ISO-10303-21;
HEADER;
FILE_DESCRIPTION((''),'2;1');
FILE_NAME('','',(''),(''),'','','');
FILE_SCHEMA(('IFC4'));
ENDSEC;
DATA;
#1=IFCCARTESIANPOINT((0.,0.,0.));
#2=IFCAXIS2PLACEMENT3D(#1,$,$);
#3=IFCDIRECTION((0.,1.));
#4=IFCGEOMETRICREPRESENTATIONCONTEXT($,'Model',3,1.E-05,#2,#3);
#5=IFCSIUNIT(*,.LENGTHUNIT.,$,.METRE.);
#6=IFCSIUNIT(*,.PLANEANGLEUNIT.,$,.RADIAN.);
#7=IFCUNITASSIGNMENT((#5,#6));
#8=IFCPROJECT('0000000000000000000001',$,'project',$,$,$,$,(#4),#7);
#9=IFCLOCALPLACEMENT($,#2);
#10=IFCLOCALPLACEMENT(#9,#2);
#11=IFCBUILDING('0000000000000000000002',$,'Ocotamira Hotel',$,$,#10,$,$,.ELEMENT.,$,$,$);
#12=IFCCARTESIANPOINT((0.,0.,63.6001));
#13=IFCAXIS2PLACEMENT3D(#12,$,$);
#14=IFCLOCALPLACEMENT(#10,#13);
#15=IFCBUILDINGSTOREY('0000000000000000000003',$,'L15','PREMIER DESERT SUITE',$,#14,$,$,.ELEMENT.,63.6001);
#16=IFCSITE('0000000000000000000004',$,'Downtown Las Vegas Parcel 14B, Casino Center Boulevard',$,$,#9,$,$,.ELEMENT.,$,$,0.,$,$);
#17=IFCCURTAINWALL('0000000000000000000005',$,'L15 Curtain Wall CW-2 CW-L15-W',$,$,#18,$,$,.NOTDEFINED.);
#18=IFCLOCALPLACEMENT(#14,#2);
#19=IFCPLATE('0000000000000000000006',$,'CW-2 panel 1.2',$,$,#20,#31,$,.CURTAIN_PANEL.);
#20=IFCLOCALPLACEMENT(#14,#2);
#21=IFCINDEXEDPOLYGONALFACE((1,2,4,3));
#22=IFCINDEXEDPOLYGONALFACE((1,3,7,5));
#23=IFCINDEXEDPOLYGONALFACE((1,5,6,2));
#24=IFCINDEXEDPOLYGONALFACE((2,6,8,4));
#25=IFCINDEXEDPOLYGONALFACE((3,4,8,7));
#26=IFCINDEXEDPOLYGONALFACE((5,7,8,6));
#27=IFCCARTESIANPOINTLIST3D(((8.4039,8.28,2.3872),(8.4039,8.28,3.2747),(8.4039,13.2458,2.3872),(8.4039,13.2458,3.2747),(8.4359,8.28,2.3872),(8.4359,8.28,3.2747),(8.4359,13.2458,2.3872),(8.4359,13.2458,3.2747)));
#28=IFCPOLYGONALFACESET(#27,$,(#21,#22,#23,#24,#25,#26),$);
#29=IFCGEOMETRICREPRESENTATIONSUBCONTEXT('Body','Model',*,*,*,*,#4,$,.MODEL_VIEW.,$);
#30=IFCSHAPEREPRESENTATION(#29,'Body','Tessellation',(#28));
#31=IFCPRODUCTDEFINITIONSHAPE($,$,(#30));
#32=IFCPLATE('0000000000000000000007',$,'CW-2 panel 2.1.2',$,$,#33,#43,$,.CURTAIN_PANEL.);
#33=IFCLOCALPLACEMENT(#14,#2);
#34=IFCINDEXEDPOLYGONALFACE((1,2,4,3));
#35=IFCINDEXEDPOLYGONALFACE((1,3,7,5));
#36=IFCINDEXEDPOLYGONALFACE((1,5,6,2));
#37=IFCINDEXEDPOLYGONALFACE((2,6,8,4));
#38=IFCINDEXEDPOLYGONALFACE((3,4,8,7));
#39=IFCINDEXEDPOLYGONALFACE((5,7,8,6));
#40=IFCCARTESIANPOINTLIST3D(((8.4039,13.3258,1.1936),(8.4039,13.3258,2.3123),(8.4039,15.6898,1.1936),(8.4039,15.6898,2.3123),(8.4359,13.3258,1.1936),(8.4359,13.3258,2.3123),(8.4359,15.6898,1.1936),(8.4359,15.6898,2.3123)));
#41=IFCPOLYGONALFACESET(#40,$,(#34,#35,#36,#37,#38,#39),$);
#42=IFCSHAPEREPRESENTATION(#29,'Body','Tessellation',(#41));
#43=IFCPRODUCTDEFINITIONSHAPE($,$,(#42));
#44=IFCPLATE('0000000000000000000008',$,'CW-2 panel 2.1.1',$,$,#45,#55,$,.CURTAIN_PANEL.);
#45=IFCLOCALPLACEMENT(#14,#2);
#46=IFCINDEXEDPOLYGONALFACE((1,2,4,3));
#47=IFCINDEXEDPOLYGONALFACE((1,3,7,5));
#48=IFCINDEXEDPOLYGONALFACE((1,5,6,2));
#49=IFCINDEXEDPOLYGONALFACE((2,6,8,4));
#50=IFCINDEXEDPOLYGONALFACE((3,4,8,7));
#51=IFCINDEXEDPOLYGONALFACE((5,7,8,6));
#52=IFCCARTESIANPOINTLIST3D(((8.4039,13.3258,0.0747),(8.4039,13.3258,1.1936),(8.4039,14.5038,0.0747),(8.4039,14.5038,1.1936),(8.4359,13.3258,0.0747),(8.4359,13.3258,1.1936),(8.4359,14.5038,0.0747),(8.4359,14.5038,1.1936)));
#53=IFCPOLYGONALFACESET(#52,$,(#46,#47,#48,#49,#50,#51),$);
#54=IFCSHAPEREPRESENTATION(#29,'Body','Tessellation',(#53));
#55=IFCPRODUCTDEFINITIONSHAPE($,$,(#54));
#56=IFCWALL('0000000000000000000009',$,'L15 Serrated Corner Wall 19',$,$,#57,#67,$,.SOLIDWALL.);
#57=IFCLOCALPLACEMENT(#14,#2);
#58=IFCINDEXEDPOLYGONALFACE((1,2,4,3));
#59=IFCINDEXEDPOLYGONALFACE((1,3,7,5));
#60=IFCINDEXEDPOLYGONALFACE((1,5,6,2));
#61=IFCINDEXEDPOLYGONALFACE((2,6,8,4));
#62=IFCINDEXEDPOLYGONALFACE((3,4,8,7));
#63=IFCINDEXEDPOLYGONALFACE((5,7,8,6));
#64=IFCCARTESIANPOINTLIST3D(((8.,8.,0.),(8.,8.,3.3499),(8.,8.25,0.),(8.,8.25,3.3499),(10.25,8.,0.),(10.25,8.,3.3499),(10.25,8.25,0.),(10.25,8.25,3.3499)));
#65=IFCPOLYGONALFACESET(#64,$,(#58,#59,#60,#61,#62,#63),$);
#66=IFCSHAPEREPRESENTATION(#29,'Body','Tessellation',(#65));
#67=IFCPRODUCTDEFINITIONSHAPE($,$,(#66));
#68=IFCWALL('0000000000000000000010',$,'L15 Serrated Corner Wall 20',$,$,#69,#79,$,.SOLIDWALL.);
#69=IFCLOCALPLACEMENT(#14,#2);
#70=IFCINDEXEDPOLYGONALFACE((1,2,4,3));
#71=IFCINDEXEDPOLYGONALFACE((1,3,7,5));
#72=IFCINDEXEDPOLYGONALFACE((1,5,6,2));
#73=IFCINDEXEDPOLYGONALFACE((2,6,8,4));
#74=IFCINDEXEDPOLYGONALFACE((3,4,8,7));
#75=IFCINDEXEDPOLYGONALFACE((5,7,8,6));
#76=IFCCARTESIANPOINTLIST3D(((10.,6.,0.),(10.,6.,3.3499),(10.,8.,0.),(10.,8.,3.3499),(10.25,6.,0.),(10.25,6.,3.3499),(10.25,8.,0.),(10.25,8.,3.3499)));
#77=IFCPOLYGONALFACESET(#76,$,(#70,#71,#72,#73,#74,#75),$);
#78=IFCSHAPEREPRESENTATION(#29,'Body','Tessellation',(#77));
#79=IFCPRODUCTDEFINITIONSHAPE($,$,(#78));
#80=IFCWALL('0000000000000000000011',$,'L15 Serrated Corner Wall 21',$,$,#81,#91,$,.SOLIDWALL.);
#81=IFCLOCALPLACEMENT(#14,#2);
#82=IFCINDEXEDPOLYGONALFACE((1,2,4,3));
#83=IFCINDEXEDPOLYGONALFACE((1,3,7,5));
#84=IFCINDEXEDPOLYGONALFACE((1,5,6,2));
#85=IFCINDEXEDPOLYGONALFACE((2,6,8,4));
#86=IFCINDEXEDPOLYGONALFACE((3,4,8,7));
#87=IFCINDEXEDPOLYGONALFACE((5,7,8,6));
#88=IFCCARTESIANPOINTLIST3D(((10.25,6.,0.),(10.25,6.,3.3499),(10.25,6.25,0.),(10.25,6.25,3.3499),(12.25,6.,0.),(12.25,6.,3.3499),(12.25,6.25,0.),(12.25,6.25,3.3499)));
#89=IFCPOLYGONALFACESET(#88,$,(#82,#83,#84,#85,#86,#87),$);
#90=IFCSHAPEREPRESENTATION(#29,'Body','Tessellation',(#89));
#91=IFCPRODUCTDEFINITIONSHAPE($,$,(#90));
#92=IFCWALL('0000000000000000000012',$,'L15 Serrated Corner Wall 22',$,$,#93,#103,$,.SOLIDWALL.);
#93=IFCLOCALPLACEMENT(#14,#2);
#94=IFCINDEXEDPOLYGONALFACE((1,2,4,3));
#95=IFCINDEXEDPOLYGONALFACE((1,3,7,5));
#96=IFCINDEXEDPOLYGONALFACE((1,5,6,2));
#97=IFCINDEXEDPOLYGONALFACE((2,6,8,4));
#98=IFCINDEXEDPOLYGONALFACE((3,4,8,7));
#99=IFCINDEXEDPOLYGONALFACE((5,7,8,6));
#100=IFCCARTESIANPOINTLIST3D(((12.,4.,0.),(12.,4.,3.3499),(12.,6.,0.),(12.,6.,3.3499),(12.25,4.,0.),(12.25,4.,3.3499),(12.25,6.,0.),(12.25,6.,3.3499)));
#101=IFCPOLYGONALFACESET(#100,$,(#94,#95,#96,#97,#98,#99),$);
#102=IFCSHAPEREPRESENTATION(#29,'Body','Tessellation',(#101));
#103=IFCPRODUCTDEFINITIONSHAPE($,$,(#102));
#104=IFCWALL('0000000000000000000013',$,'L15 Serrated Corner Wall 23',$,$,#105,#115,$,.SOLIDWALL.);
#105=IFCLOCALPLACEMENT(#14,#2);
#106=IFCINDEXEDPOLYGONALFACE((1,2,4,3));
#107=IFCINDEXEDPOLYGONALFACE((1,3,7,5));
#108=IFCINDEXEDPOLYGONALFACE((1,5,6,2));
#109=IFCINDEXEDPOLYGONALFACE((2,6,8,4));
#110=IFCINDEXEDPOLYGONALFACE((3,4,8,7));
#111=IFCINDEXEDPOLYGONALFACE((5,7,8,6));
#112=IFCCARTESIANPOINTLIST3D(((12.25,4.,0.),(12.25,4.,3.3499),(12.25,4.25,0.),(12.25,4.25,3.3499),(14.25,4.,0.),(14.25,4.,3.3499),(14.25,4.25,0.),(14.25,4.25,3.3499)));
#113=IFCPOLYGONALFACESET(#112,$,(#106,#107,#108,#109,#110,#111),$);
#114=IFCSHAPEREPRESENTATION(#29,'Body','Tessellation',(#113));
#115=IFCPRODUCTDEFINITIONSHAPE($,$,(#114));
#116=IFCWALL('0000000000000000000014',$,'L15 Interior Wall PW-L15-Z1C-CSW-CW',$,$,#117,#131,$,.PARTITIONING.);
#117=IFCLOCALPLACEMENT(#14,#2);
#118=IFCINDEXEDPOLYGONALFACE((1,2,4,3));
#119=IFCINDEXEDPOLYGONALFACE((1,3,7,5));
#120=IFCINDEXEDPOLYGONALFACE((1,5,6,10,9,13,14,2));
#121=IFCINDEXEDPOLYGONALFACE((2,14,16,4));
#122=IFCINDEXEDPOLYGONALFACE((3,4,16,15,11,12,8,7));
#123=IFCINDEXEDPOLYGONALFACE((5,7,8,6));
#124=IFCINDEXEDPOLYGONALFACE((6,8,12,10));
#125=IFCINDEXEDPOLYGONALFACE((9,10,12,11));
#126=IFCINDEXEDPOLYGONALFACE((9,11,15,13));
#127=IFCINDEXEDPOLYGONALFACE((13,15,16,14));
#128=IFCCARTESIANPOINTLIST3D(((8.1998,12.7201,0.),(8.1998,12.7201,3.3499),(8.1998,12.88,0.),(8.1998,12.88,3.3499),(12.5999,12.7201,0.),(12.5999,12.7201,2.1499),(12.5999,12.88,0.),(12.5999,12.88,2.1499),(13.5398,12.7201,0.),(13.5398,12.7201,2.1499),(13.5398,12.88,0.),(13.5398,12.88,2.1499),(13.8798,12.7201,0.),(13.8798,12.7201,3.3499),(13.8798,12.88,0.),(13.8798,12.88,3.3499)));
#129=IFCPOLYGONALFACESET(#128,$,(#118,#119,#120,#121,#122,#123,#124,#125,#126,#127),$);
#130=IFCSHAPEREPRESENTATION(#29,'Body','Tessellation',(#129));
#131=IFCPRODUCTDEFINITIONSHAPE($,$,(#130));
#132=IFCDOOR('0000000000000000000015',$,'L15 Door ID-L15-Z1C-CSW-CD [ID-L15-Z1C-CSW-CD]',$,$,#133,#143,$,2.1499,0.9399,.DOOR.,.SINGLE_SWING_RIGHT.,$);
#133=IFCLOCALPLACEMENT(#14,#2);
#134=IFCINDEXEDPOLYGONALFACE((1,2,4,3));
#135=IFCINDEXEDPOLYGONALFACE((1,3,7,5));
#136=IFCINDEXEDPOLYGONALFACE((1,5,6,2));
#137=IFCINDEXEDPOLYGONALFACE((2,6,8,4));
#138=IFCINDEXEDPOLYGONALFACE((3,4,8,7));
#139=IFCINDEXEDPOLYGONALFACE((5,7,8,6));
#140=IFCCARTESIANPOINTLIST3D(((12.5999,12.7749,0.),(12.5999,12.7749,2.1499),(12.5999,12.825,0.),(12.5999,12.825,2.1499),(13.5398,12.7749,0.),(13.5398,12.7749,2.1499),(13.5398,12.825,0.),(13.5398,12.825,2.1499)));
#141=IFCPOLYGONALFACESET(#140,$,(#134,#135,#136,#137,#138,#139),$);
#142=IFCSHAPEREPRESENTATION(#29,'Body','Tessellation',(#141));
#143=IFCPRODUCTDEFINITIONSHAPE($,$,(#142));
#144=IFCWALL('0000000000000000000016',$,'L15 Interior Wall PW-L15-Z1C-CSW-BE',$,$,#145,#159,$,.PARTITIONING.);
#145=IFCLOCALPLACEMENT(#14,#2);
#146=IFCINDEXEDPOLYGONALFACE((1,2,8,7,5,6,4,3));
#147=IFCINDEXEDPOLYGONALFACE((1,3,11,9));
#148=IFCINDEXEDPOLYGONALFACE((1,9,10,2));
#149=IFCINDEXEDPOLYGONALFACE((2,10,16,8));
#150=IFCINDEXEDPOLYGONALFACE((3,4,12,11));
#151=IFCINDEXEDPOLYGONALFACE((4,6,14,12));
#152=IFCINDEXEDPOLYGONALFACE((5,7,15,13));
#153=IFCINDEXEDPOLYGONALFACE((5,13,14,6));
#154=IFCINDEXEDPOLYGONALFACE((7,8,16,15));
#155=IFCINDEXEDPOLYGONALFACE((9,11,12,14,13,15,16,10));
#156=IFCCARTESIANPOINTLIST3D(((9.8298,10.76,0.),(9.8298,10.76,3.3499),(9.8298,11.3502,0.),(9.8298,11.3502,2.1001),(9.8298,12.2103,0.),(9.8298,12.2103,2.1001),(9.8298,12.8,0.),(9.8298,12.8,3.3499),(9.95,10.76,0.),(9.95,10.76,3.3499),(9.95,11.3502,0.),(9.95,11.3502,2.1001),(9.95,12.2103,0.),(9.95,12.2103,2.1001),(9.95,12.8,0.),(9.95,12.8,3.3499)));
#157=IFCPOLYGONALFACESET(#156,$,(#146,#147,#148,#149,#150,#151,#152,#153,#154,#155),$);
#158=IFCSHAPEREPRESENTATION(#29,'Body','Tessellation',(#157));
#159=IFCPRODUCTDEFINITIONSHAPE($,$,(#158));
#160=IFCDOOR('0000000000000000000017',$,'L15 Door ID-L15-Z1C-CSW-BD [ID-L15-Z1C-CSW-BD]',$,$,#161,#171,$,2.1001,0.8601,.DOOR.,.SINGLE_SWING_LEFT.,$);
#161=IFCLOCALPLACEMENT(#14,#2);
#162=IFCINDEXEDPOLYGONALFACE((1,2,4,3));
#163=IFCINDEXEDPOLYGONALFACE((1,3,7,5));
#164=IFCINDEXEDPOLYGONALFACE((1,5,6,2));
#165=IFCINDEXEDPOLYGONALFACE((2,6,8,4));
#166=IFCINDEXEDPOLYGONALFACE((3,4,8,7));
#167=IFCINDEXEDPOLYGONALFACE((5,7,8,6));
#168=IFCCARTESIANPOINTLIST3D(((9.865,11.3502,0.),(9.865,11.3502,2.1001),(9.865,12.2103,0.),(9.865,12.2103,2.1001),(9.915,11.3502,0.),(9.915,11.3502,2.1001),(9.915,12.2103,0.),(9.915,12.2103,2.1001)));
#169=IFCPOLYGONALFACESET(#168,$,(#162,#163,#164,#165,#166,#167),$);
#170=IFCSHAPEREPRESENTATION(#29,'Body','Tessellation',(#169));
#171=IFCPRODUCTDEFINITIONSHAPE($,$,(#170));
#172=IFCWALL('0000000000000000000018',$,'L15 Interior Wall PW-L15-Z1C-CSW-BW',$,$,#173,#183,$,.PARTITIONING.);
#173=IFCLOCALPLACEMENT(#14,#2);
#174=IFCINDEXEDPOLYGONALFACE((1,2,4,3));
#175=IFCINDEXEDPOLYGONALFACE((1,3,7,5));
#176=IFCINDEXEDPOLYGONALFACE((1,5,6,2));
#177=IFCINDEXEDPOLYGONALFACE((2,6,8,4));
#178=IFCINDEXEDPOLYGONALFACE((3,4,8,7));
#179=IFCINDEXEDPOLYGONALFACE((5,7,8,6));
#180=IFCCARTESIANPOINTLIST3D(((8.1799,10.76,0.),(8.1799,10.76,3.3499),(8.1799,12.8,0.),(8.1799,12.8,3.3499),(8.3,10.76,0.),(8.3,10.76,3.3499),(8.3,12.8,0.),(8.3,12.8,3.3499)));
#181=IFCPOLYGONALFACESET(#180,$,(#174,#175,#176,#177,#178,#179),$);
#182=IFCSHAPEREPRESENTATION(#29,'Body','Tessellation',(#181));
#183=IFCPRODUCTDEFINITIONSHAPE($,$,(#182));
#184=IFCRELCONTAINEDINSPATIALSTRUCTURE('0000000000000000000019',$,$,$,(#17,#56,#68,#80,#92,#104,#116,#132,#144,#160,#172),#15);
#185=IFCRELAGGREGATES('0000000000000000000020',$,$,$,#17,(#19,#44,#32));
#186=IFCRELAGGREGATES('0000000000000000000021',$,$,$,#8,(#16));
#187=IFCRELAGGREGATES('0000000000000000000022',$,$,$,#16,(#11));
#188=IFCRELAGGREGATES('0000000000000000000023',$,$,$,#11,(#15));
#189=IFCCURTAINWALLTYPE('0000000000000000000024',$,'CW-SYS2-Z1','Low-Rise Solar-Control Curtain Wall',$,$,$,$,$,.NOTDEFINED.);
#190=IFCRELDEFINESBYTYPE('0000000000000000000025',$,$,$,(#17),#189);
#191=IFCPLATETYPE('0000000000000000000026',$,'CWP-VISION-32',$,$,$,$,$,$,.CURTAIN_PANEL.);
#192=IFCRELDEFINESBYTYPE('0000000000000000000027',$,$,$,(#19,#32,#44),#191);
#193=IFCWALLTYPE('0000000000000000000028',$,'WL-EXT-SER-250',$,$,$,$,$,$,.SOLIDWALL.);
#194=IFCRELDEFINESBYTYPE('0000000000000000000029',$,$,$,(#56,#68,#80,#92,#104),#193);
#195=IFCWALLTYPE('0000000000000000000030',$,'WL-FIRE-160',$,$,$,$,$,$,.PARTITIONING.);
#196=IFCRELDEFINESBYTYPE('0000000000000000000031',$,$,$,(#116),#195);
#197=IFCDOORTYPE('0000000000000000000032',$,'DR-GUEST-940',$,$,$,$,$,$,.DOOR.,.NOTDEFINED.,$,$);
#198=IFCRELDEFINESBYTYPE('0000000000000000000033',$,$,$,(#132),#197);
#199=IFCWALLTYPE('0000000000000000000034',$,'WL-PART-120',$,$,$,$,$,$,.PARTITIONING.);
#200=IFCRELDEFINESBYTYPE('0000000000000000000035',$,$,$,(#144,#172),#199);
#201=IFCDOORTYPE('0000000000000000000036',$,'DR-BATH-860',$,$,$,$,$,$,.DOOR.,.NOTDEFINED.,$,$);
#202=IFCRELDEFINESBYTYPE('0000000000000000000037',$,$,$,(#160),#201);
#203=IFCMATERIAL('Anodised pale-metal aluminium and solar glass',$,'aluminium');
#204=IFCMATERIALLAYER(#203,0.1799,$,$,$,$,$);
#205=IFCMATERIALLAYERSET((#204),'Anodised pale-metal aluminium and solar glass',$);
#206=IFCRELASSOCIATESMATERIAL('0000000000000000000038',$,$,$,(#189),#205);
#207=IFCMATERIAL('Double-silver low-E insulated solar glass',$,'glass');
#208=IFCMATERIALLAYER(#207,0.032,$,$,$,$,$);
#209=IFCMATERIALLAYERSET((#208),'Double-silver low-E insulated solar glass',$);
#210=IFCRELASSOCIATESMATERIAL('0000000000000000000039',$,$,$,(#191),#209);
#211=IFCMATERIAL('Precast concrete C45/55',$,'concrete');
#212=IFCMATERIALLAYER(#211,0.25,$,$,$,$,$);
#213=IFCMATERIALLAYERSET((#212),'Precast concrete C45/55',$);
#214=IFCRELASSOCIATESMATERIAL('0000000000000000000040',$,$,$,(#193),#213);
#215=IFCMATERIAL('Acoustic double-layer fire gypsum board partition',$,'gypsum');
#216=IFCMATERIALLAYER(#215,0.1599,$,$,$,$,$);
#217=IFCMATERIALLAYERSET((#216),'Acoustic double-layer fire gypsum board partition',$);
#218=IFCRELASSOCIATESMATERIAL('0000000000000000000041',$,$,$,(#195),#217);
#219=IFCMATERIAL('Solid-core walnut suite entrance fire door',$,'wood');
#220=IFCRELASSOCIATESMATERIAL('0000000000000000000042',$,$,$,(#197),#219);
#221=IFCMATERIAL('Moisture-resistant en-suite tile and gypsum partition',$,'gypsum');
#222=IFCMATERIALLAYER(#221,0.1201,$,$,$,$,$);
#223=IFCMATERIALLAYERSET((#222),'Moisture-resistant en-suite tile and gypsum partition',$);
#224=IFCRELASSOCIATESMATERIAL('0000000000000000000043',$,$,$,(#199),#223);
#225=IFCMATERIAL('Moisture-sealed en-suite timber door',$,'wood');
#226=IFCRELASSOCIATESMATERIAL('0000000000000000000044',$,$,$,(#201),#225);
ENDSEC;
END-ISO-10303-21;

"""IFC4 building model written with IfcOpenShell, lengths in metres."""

from ifc_helpers import new_model, si_unit, direction, frame, frame_2d, origin, origin_2d, place, context, subcontext, project, spatial, rectangle, extrude, source, transform, mapped, material, layer, layer_set, type_object, element, fill, aggregate, save


model = new_model("IFC4")

# Units and contexts
model_context = context("Model", 3, precision=1e-05, world=origin(), true_north=direction((0.0, 1.0)))
body_context = subcontext(model_context, "Body", "Model", "MODEL_VIEW")
ifc_project = project(units=[si_unit("LENGTHUNIT", "METRE"), si_unit("PLANEANGLEUNIT", "RADIAN")], contexts=[model_context])

# Site, building, storey
site_placement = place(None, origin())
site = spatial("IfcSite", under=ifc_project, at=site_placement, Name="Downtown Las Vegas Parcel 14B, Casino Center Boulevard", CompositionType="ELEMENT", RefElevation=0.0)
building_placement = place(site_placement, origin())
building = spatial("IfcBuilding", under=site, at=building_placement, Name="Ocotamira Hotel", CompositionType="ELEMENT")
storey_placement = place(building_placement, frame((0.0, 0.0, 63.6001)))
storey = spatial("IfcBuildingStorey", under=building, at=storey_placement, Name="L15", Description="PREMIER DESERT SUITE", CompositionType="ELEMENT", Elevation=63.6001)

# Curtain wall
ifc_material_1 = material(Name="Anodised pale-metal aluminium and solar glass", Category="aluminium")
ifc_layer_1 = layer(ifc_material_1, 0.1799)
ifc_layer_set_1 = layer_set([ifc_layer_1], Name="Anodised pale-metal aluminium and solar glass")
curtain_wall_type = type_object("IfcCurtainWallType", Name="CW-SYS2-Z1", Description="Low-Rise Solar-Control Curtain Wall", PredefinedType="NOTDEFINED", material=ifc_layer_set_1)
curtain_wall_placement = place(storey_placement, origin())
curtain_wall = element("IfcCurtainWall", 1, at=curtain_wall_placement, inside=storey, type_object=curtain_wall_type, Name="L15 Curtain Wall CW-2 CW-L15-W", PredefinedType="NOTDEFINED")

# Plates
ifc_material_2 = material(Name="Double-silver low-E insulated solar glass", Category="glass")
ifc_layer_2 = layer(ifc_material_2, 0.032)
ifc_layer_set_2 = layer_set([ifc_layer_2], Name="Double-silver low-E insulated solar glass")
plate_type = type_object("IfcPlateType", Name="CWP-VISION-32", PredefinedType="CURTAIN_PANEL", material=ifc_layer_set_2)
shared_shape_1 = source(origin(), body_context, "Body", "SweptSolid", [
    extrude(rectangle(XDim=4.9658, YDim=0.032, at=origin_2d()), origin(), (0.0, 0.0, 1.0), 0.8875),
])
plate_1_placement = place(storey_placement, frame((8.4199, 10.7629, 2.3872), z_axis=(0.0, 0.0, 1.0), x_axis=(0.0, 1.0, 0.0)))
plate_1 = element("IfcPlate", 2, at=plate_1_placement, type_object=plate_type, Name="CW-2 panel 1.2", PredefinedType="CURTAIN_PANEL", context=body_context, shape_type="MappedRepresentation", body=[
    mapped(shared_shape_1, transform((0.0, 0.0, 0.0), scale=1.0)),
])
shared_shape_2 = source(origin(), body_context, "Body", "SweptSolid", [
    extrude(rectangle(XDim=2.364, YDim=0.032, at=origin_2d()), origin(), (0.0, 0.0, 1.0), 1.1187),
])
plate_2_placement = place(storey_placement, frame((8.4199, 14.5078, 1.1936), z_axis=(0.0, 0.0, 1.0), x_axis=(0.0, 1.0, 0.0)))
plate_2 = element("IfcPlate", 3, at=plate_2_placement, type_object=plate_type, Name="CW-2 panel 2.1.2", PredefinedType="CURTAIN_PANEL", context=body_context, shape_type="MappedRepresentation", body=[
    mapped(shared_shape_2, transform((0.0, 0.0, 0.0), scale=1.0)),
])
shared_shape_3 = source(origin(), body_context, "Body", "SweptSolid", [
    extrude(rectangle(XDim=1.178, YDim=0.032, at=origin_2d()), origin(), (0.0, 0.0, 1.0), 1.1189),
])
plate_3_placement = place(storey_placement, frame((8.4199, 13.9148, 0.0747), z_axis=(0.0, 0.0, 1.0), x_axis=(0.0, 1.0, 0.0)))
plate_3 = element("IfcPlate", 4, at=plate_3_placement, type_object=plate_type, Name="CW-2 panel 2.1.1", PredefinedType="CURTAIN_PANEL", context=body_context, shape_type="MappedRepresentation", body=[
    mapped(shared_shape_3, transform((0.0, 0.0, 0.0), scale=1.0)),
])
aggregate(curtain_wall, [plate_1, plate_3, plate_2])

# Walls
ifc_material_3 = material(Name="Precast concrete C45/55", Category="concrete")
ifc_layer_3 = layer(ifc_material_3, 0.25)
ifc_layer_set_3 = layer_set([ifc_layer_3], Name="Precast concrete C45/55")
wall_type_1 = type_object("IfcWallType", Name="WL-EXT-SER-250", PredefinedType="SOLIDWALL", material=ifc_layer_set_3)
wall_1_placement = place(storey_placement, frame((8.0, 8.125, 0.0), z_axis=(0.0, 0.0, 1.0), x_axis=(1.0, 0.0, 0.0)))
element("IfcWall", 5, at=wall_1_placement, inside=storey, type_object=wall_type_1, Name="L15 Serrated Corner Wall 19", PredefinedType="SOLIDWALL", context=body_context, shape_type="SweptSolid", body=[
    extrude(rectangle(XDim=2.25, YDim=0.25, at=frame_2d((1.125, 0.0))), origin(), (0.0, 0.0, 1.0), 3.3499),
])
for number, where, z_axis, x_axis, name in (
    (6, (10.125, 8.0, 0.0), (0.0, 0.0, 1.0), (0.0, -1.0, 0.0), "L15 Serrated Corner Wall 20"),
    (7, (10.25, 6.125, 0.0), (0.0, 0.0, 1.0), (1.0, 0.0, 0.0), "L15 Serrated Corner Wall 21"),
    (8, (12.125, 6.0, 0.0), (0.0, 0.0, 1.0), (0.0, -1.0, 0.0), "L15 Serrated Corner Wall 22"),
    (9, (12.25, 4.125, 0.0), (0.0, 0.0, 1.0), (1.0, 0.0, 0.0), "L15 Serrated Corner Wall 23"),
):
    element("IfcWall", number, at=place(storey_placement, frame(where, z_axis=z_axis, x_axis=x_axis)), inside=storey, type_object=wall_type_1, Name=name, PredefinedType="SOLIDWALL", context=body_context, shape_type="SweptSolid", body=[
        extrude(rectangle(XDim=2.0, YDim=0.25, at=frame_2d((1.0, 0.0))), origin(), (0.0, 0.0, 1.0), 3.3499),
    ])

# Walls, openings, doors
ifc_material_4 = material(Name="Acoustic double-layer fire gypsum board partition", Category="gypsum")
ifc_layer_4 = layer(ifc_material_4, 0.1599)
ifc_layer_set_4 = layer_set([ifc_layer_4], Name="Acoustic double-layer fire gypsum board partition")
wall_type_2 = type_object("IfcWallType", Name="WL-FIRE-160", PredefinedType="PARTITIONING", material=ifc_layer_set_4)
wall_2_placement = place(storey_placement, frame((8.2, 12.8, 0.0), z_axis=(0.0, 0.0, 1.0), x_axis=(1.0, 0.0, 0.0)))
wall_2 = element("IfcWall", 10, at=wall_2_placement, inside=storey, type_object=wall_type_2, Name="L15 Interior Wall PW-L15-Z1C-CSW-CW", PredefinedType="PARTITIONING", context=body_context, shape_type="SweptSolid", body=[
    extrude(rectangle(XDim=5.6799, YDim=0.1599, at=frame_2d((2.8398, 0.0))), origin(), (0.0, 0.0, 1.0), 3.3499),
])
opening_1_placement = place(wall_2_placement, frame((4.3999, 0.0, 0.0)))
opening_1 = element("IfcOpeningElement", 11, at=opening_1_placement, cuts=wall_2, PredefinedType="OPENING", context=body_context, shape_type="SweptSolid", body=[
    extrude(rectangle(XDim=0.9399, YDim=2.1499, at=frame_2d((0.47, 1.075))), frame((0.0, 0.0898, 0.0), z_axis=(0.0, -1.0, 0.0), x_axis=(1.0, 0.0, 0.0)), (0.0, 0.0, 1.0), 0.1799),
])
ifc_material_5 = material(Name="Solid-core walnut suite entrance fire door", Category="wood")
door_type_1 = type_object("IfcDoorType", Name="DR-GUEST-940", OperationType="NOTDEFINED", PredefinedType="DOOR", material=ifc_material_5)
shared_shape_4 = source(origin(), body_context, "Body", "SweptSolid", [
    extrude(rectangle(XDim=0.9399, YDim=2.1499, at=frame_2d((0.47, 1.075))), frame((0.0, 0.0249, 0.0), z_axis=(0.0, -1.0, 0.0), x_axis=(1.0, 0.0, 0.0)), (0.0, 0.0, 1.0), 0.05),
])
door_1_placement = place(opening_1_placement, origin())
door_1 = element("IfcDoor", 12, at=door_1_placement, inside=storey, type_object=door_type_1, Name="L15 Door ID-L15-Z1C-CSW-CD [ID-L15-Z1C-CSW-CD]", OperationType="SINGLE_SWING_RIGHT", OverallHeight=2.1499, OverallWidth=0.9399, PredefinedType="DOOR", context=body_context, shape_type="MappedRepresentation", body=[
    mapped(shared_shape_4, transform((0.0, 0.0, 0.0), scale=1.0)),
])
fill(opening_1, door_1)
ifc_material_6 = material(Name="Moisture-resistant en-suite tile and gypsum partition", Category="gypsum")
ifc_layer_5 = layer(ifc_material_6, 0.1201)
ifc_layer_set_5 = layer_set([ifc_layer_5], Name="Moisture-resistant en-suite tile and gypsum partition")
wall_type_3 = type_object("IfcWallType", Name="WL-PART-120", PredefinedType="PARTITIONING", material=ifc_layer_set_5)
wall_3_placement = place(storey_placement, frame((9.8899, 10.76, 0.0), z_axis=(0.0, 0.0, 1.0), x_axis=(0.0, 1.0, 0.0)))
wall_3 = element("IfcWall", 13, at=wall_3_placement, inside=storey, type_object=wall_type_3, Name="L15 Interior Wall PW-L15-Z1C-CSW-BE", PredefinedType="PARTITIONING", context=body_context, shape_type="SweptSolid", body=[
    extrude(rectangle(XDim=2.04, YDim=0.1201, at=frame_2d((1.02, 0.0))), origin(), (0.0, 0.0, 1.0), 3.3499),
])
opening_2_placement = place(wall_3_placement, frame((0.5901, 0.0, 0.0)))
opening_2 = element("IfcOpeningElement", 14, at=opening_2_placement, cuts=wall_3, PredefinedType="OPENING", context=body_context, shape_type="SweptSolid", body=[
    extrude(rectangle(XDim=0.8601, YDim=2.1001, at=frame_2d((0.4302, 1.05))), frame((0.0, 0.0701, 0.0), z_axis=(0.0, -1.0, 0.0), x_axis=(1.0, 0.0, 0.0)), (0.0, 0.0, 1.0), 0.1401),
])
ifc_material_7 = material(Name="Moisture-sealed en-suite timber door", Category="wood")
door_type_2 = type_object("IfcDoorType", Name="DR-BATH-860", OperationType="NOTDEFINED", PredefinedType="DOOR", material=ifc_material_7)
shared_shape_5 = source(origin(), body_context, "Body", "SweptSolid", [
    extrude(rectangle(XDim=0.8601, YDim=2.1001, at=frame_2d((0.4302, 1.05))), frame((0.0, 0.0249, 0.0), z_axis=(0.0, -1.0, 0.0), x_axis=(1.0, 0.0, 0.0)), (0.0, 0.0, 1.0), 0.05),
])
door_2_placement = place(opening_2_placement, origin())
door_2 = element("IfcDoor", 15, at=door_2_placement, inside=storey, type_object=door_type_2, Name="L15 Door ID-L15-Z1C-CSW-BD [ID-L15-Z1C-CSW-BD]", OperationType="SINGLE_SWING_LEFT", OverallHeight=2.1001, OverallWidth=0.8601, PredefinedType="DOOR", context=body_context, shape_type="MappedRepresentation", body=[
    mapped(shared_shape_5, transform((0.0, 0.0, 0.0), scale=1.0)),
])
fill(opening_2, door_2)

# Wall
wall_4_placement = place(storey_placement, frame((8.24, 10.76, 0.0), z_axis=(0.0, 0.0, 1.0), x_axis=(0.0, 1.0, 0.0)))
element("IfcWall", 16, at=wall_4_placement, inside=storey, type_object=wall_type_3, Name="L15 Interior Wall PW-L15-Z1C-CSW-BW", PredefinedType="PARTITIONING", context=body_context, shape_type="SweptSolid", body=[
    extrude(rectangle(XDim=2.04, YDim=0.1201, at=frame_2d((1.02, 0.0))), origin(), (0.0, 0.0, 1.0), 3.3499),
])

save(model, "model.ifc")
